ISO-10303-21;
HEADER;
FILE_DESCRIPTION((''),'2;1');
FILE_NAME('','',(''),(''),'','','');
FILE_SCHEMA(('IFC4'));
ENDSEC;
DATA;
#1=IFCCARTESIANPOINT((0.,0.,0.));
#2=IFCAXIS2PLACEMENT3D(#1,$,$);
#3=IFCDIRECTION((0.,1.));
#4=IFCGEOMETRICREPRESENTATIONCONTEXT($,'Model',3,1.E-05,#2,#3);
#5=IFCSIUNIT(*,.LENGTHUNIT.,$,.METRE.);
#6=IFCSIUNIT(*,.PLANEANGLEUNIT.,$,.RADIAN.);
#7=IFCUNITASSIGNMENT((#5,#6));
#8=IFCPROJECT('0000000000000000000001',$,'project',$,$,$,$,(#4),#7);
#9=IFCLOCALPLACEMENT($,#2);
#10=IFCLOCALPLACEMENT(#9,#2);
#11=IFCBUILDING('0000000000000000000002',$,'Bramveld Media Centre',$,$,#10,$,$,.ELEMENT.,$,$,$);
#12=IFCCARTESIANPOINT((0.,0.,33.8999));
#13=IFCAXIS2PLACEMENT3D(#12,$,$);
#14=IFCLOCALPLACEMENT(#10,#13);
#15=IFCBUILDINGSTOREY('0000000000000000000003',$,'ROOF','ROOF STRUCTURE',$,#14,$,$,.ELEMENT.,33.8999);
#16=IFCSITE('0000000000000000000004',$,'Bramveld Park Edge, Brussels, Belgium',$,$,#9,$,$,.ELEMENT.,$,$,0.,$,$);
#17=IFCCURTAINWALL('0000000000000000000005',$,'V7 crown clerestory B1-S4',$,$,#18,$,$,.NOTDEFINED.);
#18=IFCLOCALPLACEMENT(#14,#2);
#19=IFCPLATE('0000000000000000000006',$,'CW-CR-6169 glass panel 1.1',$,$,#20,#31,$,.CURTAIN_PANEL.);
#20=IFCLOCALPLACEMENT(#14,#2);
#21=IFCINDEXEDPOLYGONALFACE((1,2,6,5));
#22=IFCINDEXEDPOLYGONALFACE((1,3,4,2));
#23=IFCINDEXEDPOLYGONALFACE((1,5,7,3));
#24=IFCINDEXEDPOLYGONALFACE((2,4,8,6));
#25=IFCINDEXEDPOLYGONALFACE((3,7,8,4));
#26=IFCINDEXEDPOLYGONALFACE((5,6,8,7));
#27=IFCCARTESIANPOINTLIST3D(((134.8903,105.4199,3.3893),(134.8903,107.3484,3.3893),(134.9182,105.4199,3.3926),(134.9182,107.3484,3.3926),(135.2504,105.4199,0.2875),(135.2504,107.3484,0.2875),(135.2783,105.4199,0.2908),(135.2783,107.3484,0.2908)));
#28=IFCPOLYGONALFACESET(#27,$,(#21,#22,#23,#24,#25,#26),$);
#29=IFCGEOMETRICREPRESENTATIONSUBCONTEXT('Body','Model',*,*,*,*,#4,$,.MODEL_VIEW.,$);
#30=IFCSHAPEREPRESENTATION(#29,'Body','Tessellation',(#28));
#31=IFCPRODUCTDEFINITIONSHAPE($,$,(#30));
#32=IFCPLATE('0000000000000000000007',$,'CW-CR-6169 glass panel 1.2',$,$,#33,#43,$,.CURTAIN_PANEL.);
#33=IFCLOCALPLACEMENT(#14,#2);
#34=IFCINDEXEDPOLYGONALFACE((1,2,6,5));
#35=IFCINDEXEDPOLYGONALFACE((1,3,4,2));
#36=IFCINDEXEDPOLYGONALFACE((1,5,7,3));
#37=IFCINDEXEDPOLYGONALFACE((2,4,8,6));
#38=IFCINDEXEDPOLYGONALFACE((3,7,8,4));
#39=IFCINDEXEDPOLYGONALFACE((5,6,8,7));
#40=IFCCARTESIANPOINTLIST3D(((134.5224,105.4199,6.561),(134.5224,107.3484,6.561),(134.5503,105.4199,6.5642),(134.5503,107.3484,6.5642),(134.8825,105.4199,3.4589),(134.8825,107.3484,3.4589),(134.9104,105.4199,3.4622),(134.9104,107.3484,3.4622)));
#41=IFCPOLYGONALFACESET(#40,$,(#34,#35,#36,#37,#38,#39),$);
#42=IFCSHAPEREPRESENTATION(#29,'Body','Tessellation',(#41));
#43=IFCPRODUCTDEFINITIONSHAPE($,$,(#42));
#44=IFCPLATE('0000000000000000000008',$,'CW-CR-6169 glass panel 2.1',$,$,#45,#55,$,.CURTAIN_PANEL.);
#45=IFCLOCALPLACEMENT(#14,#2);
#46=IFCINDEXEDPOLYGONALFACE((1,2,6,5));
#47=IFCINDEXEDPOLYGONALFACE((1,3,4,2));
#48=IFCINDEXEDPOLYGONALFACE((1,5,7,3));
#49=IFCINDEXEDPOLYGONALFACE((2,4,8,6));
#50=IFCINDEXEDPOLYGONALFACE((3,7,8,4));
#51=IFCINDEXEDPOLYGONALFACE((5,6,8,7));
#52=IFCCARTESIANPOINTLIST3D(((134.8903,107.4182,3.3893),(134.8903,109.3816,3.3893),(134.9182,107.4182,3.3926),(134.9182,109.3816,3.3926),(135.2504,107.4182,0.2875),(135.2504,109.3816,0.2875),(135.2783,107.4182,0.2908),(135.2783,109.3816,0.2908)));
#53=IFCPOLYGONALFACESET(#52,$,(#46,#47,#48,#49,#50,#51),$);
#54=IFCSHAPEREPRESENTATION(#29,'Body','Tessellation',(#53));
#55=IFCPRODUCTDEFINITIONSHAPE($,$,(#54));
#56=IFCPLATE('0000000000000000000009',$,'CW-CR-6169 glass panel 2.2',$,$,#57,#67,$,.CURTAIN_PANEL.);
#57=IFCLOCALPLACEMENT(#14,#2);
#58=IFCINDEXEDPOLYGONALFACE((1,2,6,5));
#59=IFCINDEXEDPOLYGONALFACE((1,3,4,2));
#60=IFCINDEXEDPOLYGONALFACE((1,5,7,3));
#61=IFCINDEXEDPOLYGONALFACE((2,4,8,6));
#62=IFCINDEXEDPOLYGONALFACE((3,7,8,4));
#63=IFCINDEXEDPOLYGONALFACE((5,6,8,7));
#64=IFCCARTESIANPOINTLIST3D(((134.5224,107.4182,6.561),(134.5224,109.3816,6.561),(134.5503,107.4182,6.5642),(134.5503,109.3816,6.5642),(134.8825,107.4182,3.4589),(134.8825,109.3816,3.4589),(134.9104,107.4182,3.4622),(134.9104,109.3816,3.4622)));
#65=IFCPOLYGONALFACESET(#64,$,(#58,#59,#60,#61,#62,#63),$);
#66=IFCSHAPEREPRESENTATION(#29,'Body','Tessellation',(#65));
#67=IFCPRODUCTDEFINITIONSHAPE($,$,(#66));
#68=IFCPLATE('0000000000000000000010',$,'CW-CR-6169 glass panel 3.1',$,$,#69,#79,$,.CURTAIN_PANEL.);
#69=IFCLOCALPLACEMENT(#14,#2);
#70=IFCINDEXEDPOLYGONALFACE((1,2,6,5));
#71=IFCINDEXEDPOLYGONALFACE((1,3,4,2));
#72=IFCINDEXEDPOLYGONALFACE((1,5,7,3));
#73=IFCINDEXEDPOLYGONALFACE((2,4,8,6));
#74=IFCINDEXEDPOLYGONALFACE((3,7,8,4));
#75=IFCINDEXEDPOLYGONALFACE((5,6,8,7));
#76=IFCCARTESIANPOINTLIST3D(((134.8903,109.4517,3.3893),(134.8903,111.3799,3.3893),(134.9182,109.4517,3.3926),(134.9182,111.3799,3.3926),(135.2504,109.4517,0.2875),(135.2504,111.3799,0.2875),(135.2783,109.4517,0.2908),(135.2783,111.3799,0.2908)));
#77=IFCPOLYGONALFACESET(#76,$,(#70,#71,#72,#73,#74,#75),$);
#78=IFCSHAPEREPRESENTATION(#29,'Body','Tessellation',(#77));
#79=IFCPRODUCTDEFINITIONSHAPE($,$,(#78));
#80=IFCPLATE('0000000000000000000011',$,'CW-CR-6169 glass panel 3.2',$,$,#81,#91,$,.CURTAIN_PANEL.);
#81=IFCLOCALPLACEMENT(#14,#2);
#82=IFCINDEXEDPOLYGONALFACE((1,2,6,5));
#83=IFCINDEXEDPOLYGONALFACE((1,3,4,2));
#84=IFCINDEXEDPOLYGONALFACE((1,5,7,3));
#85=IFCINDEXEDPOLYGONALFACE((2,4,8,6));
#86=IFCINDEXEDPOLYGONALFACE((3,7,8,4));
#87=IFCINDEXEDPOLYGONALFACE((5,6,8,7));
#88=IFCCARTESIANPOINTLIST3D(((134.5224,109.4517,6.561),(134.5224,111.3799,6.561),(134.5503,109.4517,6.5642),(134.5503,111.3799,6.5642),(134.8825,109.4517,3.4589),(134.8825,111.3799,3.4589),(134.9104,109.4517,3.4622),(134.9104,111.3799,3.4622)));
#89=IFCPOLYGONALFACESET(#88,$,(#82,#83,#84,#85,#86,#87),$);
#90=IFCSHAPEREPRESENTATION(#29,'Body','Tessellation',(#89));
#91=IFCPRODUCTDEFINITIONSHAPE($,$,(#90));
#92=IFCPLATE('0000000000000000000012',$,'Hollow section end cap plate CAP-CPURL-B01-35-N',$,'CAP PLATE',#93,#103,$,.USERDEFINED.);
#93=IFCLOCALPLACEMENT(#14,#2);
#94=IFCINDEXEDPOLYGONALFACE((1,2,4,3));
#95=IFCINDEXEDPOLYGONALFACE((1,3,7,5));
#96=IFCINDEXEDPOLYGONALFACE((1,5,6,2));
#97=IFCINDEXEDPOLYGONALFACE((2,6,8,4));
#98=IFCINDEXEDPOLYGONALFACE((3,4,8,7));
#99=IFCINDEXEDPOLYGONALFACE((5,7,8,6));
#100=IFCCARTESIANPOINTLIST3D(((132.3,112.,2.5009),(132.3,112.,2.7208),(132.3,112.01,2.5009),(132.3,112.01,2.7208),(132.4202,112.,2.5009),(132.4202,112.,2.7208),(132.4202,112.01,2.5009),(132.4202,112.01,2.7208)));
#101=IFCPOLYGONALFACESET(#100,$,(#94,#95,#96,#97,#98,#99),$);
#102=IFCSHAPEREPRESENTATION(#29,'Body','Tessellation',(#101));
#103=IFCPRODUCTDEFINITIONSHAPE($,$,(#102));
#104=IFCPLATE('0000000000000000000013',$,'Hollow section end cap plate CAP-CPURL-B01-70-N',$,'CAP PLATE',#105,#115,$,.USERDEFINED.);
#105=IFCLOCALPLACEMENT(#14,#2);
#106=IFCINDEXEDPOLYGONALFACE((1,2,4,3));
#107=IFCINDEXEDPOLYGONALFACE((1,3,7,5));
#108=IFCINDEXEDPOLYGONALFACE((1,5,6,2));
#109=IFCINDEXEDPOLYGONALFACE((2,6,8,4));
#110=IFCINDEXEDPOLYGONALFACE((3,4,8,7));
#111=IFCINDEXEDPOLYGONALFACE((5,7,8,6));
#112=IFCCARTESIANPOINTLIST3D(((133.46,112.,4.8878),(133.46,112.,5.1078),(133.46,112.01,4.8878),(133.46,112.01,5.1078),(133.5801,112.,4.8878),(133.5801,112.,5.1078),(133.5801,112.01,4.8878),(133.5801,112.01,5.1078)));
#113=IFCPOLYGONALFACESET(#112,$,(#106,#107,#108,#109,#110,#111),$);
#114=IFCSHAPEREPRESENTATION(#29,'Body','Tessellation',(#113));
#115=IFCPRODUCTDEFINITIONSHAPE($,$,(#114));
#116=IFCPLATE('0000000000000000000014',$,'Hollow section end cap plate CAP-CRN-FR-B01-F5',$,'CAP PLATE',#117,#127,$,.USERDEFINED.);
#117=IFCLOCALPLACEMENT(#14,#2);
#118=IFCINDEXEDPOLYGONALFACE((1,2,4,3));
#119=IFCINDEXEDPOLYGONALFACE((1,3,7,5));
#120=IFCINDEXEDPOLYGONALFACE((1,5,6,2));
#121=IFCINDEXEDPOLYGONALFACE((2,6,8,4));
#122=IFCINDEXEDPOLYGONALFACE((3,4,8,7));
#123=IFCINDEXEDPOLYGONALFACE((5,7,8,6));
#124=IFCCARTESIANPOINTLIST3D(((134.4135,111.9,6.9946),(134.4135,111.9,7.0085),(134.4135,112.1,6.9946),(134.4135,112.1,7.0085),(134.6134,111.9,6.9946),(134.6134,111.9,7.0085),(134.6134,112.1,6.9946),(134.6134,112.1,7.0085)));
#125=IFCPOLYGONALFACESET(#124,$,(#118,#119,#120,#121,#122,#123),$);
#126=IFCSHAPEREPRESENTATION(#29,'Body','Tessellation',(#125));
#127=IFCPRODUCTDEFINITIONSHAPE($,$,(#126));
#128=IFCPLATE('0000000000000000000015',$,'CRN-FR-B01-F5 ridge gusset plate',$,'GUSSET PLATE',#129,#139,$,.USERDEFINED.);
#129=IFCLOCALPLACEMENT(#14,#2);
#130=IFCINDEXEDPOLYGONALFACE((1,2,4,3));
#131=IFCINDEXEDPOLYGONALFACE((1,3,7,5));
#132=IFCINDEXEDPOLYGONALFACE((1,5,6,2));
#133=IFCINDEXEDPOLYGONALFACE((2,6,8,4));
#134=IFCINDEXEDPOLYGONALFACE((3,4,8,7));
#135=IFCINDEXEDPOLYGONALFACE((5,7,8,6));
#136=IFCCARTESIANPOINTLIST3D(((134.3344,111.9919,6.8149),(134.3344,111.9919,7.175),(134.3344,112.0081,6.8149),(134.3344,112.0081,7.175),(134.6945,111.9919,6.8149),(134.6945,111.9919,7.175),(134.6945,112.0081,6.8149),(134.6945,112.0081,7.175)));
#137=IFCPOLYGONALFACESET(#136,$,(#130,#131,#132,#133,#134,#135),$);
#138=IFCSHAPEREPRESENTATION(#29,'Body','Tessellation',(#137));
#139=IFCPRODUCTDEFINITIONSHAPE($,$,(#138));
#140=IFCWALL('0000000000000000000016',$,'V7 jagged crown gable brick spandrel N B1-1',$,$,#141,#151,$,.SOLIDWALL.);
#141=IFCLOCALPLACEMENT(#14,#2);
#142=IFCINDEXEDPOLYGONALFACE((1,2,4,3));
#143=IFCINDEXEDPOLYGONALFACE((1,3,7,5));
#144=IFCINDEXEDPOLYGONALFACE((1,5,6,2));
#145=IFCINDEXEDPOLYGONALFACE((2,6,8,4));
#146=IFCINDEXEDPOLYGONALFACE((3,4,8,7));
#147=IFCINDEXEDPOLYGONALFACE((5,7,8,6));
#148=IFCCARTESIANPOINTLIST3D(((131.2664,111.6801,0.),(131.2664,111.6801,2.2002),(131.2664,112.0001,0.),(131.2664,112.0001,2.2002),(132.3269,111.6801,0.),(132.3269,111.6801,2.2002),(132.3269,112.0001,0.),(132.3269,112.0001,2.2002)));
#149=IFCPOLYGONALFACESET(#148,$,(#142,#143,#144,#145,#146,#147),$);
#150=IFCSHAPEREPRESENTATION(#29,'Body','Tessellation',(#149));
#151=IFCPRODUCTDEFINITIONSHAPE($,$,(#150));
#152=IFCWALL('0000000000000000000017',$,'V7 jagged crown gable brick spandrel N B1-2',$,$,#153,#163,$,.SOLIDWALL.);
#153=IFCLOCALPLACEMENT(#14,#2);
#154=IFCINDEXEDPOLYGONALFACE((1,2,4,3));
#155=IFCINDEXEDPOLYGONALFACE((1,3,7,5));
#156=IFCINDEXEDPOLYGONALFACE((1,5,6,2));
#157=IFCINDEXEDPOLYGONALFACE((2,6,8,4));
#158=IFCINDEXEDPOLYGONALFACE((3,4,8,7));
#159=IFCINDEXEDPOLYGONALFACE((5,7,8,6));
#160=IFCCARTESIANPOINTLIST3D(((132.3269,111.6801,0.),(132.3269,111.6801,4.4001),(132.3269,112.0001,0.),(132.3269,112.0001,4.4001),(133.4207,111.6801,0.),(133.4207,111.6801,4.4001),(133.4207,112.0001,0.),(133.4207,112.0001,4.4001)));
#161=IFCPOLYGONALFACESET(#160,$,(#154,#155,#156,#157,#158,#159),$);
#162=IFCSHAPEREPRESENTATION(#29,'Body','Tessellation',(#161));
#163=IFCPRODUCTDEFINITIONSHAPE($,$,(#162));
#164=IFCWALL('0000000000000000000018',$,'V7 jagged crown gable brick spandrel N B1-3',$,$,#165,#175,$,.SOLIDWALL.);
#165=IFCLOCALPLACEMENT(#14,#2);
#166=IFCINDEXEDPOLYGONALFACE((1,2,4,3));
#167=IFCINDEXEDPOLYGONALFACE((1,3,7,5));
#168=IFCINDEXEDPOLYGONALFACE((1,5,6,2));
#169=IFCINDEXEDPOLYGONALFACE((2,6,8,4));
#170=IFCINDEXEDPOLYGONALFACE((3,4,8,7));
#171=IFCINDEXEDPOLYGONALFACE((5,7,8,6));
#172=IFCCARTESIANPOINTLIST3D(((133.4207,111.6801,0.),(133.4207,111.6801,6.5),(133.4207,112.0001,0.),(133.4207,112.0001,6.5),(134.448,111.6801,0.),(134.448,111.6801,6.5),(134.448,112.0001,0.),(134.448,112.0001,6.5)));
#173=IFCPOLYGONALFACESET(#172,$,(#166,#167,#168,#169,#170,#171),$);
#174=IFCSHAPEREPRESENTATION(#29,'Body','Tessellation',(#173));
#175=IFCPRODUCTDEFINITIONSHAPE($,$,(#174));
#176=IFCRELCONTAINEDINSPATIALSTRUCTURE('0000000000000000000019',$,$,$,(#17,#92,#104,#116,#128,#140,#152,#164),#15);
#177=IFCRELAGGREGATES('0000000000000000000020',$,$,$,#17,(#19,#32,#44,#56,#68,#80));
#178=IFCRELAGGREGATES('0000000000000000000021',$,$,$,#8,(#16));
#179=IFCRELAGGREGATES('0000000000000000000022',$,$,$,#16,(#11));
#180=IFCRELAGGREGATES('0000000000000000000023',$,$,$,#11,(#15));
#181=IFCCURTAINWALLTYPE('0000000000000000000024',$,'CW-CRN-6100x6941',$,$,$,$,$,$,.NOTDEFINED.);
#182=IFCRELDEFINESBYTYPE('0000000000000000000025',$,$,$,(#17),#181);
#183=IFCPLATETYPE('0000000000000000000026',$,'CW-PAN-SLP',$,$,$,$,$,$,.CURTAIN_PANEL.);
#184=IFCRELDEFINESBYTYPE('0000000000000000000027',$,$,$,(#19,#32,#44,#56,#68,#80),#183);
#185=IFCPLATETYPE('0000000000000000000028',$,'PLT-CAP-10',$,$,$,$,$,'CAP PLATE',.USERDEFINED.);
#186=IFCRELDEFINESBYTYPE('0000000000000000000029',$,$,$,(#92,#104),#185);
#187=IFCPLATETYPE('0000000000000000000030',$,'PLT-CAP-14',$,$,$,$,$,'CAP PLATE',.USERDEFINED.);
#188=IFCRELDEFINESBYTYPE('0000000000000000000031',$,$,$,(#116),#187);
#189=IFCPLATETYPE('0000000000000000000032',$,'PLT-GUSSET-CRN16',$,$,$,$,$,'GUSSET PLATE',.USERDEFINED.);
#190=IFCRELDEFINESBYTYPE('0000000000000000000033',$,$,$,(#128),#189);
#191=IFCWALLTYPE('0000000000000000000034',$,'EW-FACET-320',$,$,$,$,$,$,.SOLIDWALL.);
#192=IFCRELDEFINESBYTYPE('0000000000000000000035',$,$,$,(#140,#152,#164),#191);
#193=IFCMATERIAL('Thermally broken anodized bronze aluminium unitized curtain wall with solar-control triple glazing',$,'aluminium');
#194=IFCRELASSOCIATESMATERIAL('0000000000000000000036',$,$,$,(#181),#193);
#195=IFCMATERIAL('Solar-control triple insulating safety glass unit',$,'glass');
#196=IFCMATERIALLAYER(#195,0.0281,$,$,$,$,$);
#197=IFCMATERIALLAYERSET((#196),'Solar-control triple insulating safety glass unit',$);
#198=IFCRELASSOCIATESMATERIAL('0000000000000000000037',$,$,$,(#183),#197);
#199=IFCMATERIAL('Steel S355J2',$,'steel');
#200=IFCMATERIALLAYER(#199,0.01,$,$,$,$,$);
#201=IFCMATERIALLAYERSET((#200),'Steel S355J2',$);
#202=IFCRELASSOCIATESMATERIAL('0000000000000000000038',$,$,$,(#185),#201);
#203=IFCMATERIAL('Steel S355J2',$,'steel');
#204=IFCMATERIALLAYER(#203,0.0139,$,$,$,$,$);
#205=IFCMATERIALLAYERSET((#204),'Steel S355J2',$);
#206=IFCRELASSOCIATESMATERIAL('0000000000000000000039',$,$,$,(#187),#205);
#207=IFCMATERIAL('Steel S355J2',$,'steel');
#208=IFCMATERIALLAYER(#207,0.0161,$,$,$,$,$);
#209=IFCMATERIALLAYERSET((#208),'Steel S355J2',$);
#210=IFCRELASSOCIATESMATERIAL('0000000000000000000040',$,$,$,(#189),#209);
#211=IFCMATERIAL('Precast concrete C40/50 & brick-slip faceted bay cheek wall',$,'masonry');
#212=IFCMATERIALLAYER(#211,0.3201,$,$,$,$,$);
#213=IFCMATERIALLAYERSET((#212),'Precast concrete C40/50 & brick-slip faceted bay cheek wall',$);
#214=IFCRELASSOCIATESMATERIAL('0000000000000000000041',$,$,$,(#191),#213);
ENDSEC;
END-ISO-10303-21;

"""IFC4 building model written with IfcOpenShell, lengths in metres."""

from ifc_helpers import new_model, si_unit, direction, frame, frame_2d, origin, origin_2d, place, context, subcontext, project, spatial, polyline, rectangle, outline, extrude, material, layer, layer_set, type_object, element, aggregate, save


model = new_model("IFC4")

# Units and contexts
model_context = context("Model", 3, precision=1e-05, world=origin(), true_north=direction((0.0, 1.0)))
body_context = subcontext(model_context, "Body", "Model", "MODEL_VIEW")
ifc_project = project(units=[si_unit("LENGTHUNIT", "METRE"), si_unit("PLANEANGLEUNIT", "RADIAN")], contexts=[model_context])

# Site, building, storey
site_placement = place(None, origin())
site = spatial("IfcSite", under=ifc_project, at=site_placement, Name="Bramveld Park Edge, Brussels, Belgium", CompositionType="ELEMENT", RefElevation=0.0)
building_placement = place(site_placement, origin())
building = spatial("IfcBuilding", under=site, at=building_placement, Name="Bramveld Media Centre", CompositionType="ELEMENT")
storey_placement = place(building_placement, frame((0.0, 0.0, 33.8999)))
storey = spatial("IfcBuildingStorey", under=building, at=storey_placement, Name="ROOF", Description="ROOF STRUCTURE", CompositionType="ELEMENT", Elevation=33.8999)

# Curtain wall
ifc_material_1 = material(Name="Thermally broken anodized bronze aluminium unitized curtain wall with solar-control triple glazing", Category="aluminium")
curtain_wall_type = type_object("IfcCurtainWallType", Name="CW-CRN-6100x6941", PredefinedType="NOTDEFINED", material=ifc_material_1)
curtain_wall_placement = place(storey_placement, origin())
curtain_wall = element("IfcCurtainWall", 1, at=curtain_wall_placement, inside=storey, type_object=curtain_wall_type, Name="V7 crown clerestory B1-S4", PredefinedType="NOTDEFINED")

# Plates
ifc_material_2 = material(Name="Solar-control triple insulating safety glass unit", Category="glass")
ifc_layer_1 = layer(ifc_material_2, 0.0281)
ifc_layer_set_1 = layer_set([ifc_layer_1], Name="Solar-control triple insulating safety glass unit")
plate_type_1 = type_object("IfcPlateType", Name="CW-PAN-SLP", PredefinedType="CURTAIN_PANEL", material=ifc_layer_set_1)
plate_1_placement = place(storey_placement, frame((135.2783, 105.4199, 0.2908), z_axis=(0.993328, 0.0, 0.115321), x_axis=(0.0, 1.0, 0.0)))
plate_1 = element("IfcPlate", 2, at=plate_1_placement, type_object=plate_type_1, Name="CW-CR-6169 glass panel 1.1", PredefinedType="CURTAIN_PANEL", context=body_context, shape_type="SweptSolid", body=[
    extrude(outline(polyline([(0.0, 0.0), (1.9285, 0.0), (1.9285, 3.1226), (0.0, 3.1226), (0.0, 0.0)])), origin(), (0.0, 0.0, -1.0), 0.0281),
])
plate_2_placement = place(storey_placement, frame((134.9104, 105.4199, 3.4622), z_axis=(0.993329, 0.0, 0.115313), x_axis=(0.0, 1.0, 0.0)))
plate_2 = element("IfcPlate", 3, at=plate_2_placement, type_object=plate_type_1, Name="CW-CR-6169 glass panel 1.2", PredefinedType="CURTAIN_PANEL", context=body_context, shape_type="SweptSolid", body=[
    extrude(outline(polyline([(0.0, 0.0), (1.9285, 0.0), (1.9285, 3.1229), (0.0, 3.1229), (0.0, 0.0)])), origin(), (0.0, 0.0, -1.0), 0.0281),
])
plate_3_placement = place(storey_placement, frame((135.2783, 107.4182, 0.2908), z_axis=(0.993328, 0.0, 0.115321), x_axis=(0.0, 1.0, 0.0)))
plate_3 = element("IfcPlate", 4, at=plate_3_placement, type_object=plate_type_1, Name="CW-CR-6169 glass panel 2.1", PredefinedType="CURTAIN_PANEL", context=body_context, shape_type="SweptSolid", body=[
    extrude(outline(polyline([(0.0, 0.0), (1.9634, 0.0), (1.9634, 3.1226), (0.0, 3.1226), (0.0, 0.0)])), origin(), (0.0, 0.0, -1.0), 0.0281),
])
plate_4_placement = place(storey_placement, frame((134.9104, 107.4182, 3.4622), z_axis=(0.993329, 0.0, 0.115313), x_axis=(0.0, 1.0, 0.0)))
plate_4 = element("IfcPlate", 5, at=plate_4_placement, type_object=plate_type_1, Name="CW-CR-6169 glass panel 2.2", PredefinedType="CURTAIN_PANEL", context=body_context, shape_type="SweptSolid", body=[
    extrude(outline(polyline([(0.0, 0.0), (1.9634, 0.0), (1.9634, 3.1229), (0.0, 3.1229), (0.0, 0.0)])), origin(), (0.0, 0.0, -1.0), 0.0281),
])
plate_5_placement = place(storey_placement, frame((135.2783, 109.4517, 0.2908), z_axis=(0.993328, 0.0, 0.115321), x_axis=(0.0, 1.0, 0.0)))
plate_5 = element("IfcPlate", 6, at=plate_5_placement, type_object=plate_type_1, Name="CW-CR-6169 glass panel 3.1", PredefinedType="CURTAIN_PANEL", context=body_context, shape_type="SweptSolid", body=[
    extrude(outline(polyline([(0.0, 0.0), (1.9282, 0.0), (1.9282, 3.1226), (0.0, 3.1226), (0.0, 0.0)])), origin(), (0.0, 0.0, -1.0), 0.0281),
])
plate_6_placement = place(storey_placement, frame((134.9104, 109.4517, 3.4622), z_axis=(0.993329, 0.0, 0.115313), x_axis=(0.0, 1.0, 0.0)))
plate_6 = element("IfcPlate", 7, at=plate_6_placement, type_object=plate_type_1, Name="CW-CR-6169 glass panel 3.2", PredefinedType="CURTAIN_PANEL", context=body_context, shape_type="SweptSolid", body=[
    extrude(outline(polyline([(0.0, 0.0), (1.9282, 0.0), (1.9282, 3.1229), (0.0, 3.1229), (0.0, 0.0)])), origin(), (0.0, 0.0, -1.0), 0.0281),
])
aggregate(curtain_wall, [plate_1, plate_2, plate_3, plate_4, plate_5, plate_6])

# Plates
ifc_material_3 = material(Name="Steel S355J2", Category="steel")
ifc_layer_2 = layer(ifc_material_3, 0.01)
ifc_layer_set_2 = layer_set([ifc_layer_2], Name="Steel S355J2")
plate_type_2 = type_object("IfcPlateType", Name="PLT-CAP-10", ElementType="CAP PLATE", PredefinedType="USERDEFINED", material=ifc_layer_set_2)
for number, where, z_axis, x_axis, name in (
    (8, (132.3601, 112.0, 2.6108), (0.0, 1.0, 0.0), (-1.0, 0.0, 0.0), "Hollow section end cap plate CAP-CPURL-B01-35-N"),
    (9, (133.52, 112.0, 4.9978), (0.0, 1.0, 0.0), (-1.0, 0.0, 0.0), "Hollow section end cap plate CAP-CPURL-B01-70-N"),
):
    element("IfcPlate", number, at=place(storey_placement, frame(where, z_axis=z_axis, x_axis=x_axis)), inside=storey, type_object=plate_type_2, Name=name, ObjectType="CAP PLATE", PredefinedType="USERDEFINED", context=body_context, shape_type="SweptSolid", body=[
        extrude(rectangle(XDim=0.1201, YDim=0.22, at=origin_2d()), origin(), (0.0, 0.0, 1.0), 0.01),
    ])
ifc_material_4 = material(Name="Steel S355J2", Category="steel")
ifc_layer_3 = layer(ifc_material_4, 0.0139)
ifc_layer_set_3 = layer_set([ifc_layer_3], Name="Steel S355J2")
plate_type_3 = type_object("IfcPlateType", Name="PLT-CAP-14", ElementType="CAP PLATE", PredefinedType="USERDEFINED", material=ifc_layer_set_3)
plate_7_placement = place(storey_placement, frame((134.5134, 112.0, 6.9946), z_axis=(0.0, 0.0, 1.0), x_axis=(1.0, 0.0, 0.0)))
element("IfcPlate", 10, at=plate_7_placement, inside=storey, type_object=plate_type_3, Name="Hollow section end cap plate CAP-CRN-FR-B01-F5", ObjectType="CAP PLATE", PredefinedType="USERDEFINED", context=body_context, shape_type="SweptSolid", body=[
    extrude(rectangle(XDim=0.2, YDim=0.2, at=origin_2d()), origin(), (0.0, 0.0, 1.0), 0.0139),
])
ifc_material_5 = material(Name="Steel S355J2", Category="steel")
ifc_layer_4 = layer(ifc_material_5, 0.0161)
ifc_layer_set_4 = layer_set([ifc_layer_4], Name="Steel S355J2")
plate_type_4 = type_object("IfcPlateType", Name="PLT-GUSSET-CRN16", ElementType="GUSSET PLATE", PredefinedType="USERDEFINED", material=ifc_layer_set_4)
plate_8_placement = place(storey_placement, frame((134.5144, 112.0, 6.8149), z_axis=(0.0, 0.0, 1.0), x_axis=(1.0, 0.0, 0.0)))
element("IfcPlate", 11, at=plate_8_placement, inside=storey, type_object=plate_type_4, Name="CRN-FR-B01-F5 ridge gusset plate", ObjectType="GUSSET PLATE", PredefinedType="USERDEFINED", context=body_context, shape_type="SweptSolid", body=[
    extrude(rectangle(XDim=0.3601, YDim=0.0161, at=origin_2d()), origin(), (0.0, 0.0, 1.0), 0.3601),
])

# Walls
ifc_material_6 = material(Name="Precast concrete C40/50 & brick-slip faceted bay cheek wall", Category="masonry")
ifc_layer_5 = layer(ifc_material_6, 0.3201)
ifc_layer_set_5 = layer_set([ifc_layer_5], Name="Precast concrete C40/50 & brick-slip faceted bay cheek wall")
wall_type = type_object("IfcWallType", Name="EW-FACET-320", PredefinedType="SOLIDWALL", material=ifc_layer_set_5)
wall_1_placement = place(storey_placement, frame((131.2664, 111.8401, 0.0), z_axis=(0.0, 0.0, 1.0), x_axis=(1.0, 0.0, 0.0)))
element("IfcWall", 12, at=wall_1_placement, inside=storey, type_object=wall_type, Name="V7 jagged crown gable brick spandrel N B1-1", PredefinedType="SOLIDWALL", context=body_context, shape_type="SweptSolid", body=[
    extrude(rectangle(XDim=1.0605, YDim=0.3201, at=frame_2d((0.5303, 0.0))), origin(), (0.0, 0.0, 1.0), 2.2002),
])
wall_2_placement = place(storey_placement, frame((132.3269, 111.8401, 0.0), z_axis=(0.0, 0.0, 1.0), x_axis=(1.0, 0.0, 0.0)))
element("IfcWall", 13, at=wall_2_placement, inside=storey, type_object=wall_type, Name="V7 jagged crown gable brick spandrel N B1-2", PredefinedType="SOLIDWALL", context=body_context, shape_type="SweptSolid", body=[
    extrude(rectangle(XDim=1.0938, YDim=0.3201, at=frame_2d((0.5469, 0.0))), origin(), (0.0, 0.0, 1.0), 4.4001),
])
wall_3_placement = place(storey_placement, frame((133.4207, 111.8401, 0.0), z_axis=(0.0, 0.0, 1.0), x_axis=(1.0, 0.0, 0.0)))
element("IfcWall", 14, at=wall_3_placement, inside=storey, type_object=wall_type, Name="V7 jagged crown gable brick spandrel N B1-3", PredefinedType="SOLIDWALL", context=body_context, shape_type="SweptSolid", body=[
    extrude(rectangle(XDim=1.0273, YDim=0.3201, at=frame_2d((0.5137, 0.0))), origin(), (0.0, 0.0, 1.0), 6.5),
])

save(model, "model.ifc")
